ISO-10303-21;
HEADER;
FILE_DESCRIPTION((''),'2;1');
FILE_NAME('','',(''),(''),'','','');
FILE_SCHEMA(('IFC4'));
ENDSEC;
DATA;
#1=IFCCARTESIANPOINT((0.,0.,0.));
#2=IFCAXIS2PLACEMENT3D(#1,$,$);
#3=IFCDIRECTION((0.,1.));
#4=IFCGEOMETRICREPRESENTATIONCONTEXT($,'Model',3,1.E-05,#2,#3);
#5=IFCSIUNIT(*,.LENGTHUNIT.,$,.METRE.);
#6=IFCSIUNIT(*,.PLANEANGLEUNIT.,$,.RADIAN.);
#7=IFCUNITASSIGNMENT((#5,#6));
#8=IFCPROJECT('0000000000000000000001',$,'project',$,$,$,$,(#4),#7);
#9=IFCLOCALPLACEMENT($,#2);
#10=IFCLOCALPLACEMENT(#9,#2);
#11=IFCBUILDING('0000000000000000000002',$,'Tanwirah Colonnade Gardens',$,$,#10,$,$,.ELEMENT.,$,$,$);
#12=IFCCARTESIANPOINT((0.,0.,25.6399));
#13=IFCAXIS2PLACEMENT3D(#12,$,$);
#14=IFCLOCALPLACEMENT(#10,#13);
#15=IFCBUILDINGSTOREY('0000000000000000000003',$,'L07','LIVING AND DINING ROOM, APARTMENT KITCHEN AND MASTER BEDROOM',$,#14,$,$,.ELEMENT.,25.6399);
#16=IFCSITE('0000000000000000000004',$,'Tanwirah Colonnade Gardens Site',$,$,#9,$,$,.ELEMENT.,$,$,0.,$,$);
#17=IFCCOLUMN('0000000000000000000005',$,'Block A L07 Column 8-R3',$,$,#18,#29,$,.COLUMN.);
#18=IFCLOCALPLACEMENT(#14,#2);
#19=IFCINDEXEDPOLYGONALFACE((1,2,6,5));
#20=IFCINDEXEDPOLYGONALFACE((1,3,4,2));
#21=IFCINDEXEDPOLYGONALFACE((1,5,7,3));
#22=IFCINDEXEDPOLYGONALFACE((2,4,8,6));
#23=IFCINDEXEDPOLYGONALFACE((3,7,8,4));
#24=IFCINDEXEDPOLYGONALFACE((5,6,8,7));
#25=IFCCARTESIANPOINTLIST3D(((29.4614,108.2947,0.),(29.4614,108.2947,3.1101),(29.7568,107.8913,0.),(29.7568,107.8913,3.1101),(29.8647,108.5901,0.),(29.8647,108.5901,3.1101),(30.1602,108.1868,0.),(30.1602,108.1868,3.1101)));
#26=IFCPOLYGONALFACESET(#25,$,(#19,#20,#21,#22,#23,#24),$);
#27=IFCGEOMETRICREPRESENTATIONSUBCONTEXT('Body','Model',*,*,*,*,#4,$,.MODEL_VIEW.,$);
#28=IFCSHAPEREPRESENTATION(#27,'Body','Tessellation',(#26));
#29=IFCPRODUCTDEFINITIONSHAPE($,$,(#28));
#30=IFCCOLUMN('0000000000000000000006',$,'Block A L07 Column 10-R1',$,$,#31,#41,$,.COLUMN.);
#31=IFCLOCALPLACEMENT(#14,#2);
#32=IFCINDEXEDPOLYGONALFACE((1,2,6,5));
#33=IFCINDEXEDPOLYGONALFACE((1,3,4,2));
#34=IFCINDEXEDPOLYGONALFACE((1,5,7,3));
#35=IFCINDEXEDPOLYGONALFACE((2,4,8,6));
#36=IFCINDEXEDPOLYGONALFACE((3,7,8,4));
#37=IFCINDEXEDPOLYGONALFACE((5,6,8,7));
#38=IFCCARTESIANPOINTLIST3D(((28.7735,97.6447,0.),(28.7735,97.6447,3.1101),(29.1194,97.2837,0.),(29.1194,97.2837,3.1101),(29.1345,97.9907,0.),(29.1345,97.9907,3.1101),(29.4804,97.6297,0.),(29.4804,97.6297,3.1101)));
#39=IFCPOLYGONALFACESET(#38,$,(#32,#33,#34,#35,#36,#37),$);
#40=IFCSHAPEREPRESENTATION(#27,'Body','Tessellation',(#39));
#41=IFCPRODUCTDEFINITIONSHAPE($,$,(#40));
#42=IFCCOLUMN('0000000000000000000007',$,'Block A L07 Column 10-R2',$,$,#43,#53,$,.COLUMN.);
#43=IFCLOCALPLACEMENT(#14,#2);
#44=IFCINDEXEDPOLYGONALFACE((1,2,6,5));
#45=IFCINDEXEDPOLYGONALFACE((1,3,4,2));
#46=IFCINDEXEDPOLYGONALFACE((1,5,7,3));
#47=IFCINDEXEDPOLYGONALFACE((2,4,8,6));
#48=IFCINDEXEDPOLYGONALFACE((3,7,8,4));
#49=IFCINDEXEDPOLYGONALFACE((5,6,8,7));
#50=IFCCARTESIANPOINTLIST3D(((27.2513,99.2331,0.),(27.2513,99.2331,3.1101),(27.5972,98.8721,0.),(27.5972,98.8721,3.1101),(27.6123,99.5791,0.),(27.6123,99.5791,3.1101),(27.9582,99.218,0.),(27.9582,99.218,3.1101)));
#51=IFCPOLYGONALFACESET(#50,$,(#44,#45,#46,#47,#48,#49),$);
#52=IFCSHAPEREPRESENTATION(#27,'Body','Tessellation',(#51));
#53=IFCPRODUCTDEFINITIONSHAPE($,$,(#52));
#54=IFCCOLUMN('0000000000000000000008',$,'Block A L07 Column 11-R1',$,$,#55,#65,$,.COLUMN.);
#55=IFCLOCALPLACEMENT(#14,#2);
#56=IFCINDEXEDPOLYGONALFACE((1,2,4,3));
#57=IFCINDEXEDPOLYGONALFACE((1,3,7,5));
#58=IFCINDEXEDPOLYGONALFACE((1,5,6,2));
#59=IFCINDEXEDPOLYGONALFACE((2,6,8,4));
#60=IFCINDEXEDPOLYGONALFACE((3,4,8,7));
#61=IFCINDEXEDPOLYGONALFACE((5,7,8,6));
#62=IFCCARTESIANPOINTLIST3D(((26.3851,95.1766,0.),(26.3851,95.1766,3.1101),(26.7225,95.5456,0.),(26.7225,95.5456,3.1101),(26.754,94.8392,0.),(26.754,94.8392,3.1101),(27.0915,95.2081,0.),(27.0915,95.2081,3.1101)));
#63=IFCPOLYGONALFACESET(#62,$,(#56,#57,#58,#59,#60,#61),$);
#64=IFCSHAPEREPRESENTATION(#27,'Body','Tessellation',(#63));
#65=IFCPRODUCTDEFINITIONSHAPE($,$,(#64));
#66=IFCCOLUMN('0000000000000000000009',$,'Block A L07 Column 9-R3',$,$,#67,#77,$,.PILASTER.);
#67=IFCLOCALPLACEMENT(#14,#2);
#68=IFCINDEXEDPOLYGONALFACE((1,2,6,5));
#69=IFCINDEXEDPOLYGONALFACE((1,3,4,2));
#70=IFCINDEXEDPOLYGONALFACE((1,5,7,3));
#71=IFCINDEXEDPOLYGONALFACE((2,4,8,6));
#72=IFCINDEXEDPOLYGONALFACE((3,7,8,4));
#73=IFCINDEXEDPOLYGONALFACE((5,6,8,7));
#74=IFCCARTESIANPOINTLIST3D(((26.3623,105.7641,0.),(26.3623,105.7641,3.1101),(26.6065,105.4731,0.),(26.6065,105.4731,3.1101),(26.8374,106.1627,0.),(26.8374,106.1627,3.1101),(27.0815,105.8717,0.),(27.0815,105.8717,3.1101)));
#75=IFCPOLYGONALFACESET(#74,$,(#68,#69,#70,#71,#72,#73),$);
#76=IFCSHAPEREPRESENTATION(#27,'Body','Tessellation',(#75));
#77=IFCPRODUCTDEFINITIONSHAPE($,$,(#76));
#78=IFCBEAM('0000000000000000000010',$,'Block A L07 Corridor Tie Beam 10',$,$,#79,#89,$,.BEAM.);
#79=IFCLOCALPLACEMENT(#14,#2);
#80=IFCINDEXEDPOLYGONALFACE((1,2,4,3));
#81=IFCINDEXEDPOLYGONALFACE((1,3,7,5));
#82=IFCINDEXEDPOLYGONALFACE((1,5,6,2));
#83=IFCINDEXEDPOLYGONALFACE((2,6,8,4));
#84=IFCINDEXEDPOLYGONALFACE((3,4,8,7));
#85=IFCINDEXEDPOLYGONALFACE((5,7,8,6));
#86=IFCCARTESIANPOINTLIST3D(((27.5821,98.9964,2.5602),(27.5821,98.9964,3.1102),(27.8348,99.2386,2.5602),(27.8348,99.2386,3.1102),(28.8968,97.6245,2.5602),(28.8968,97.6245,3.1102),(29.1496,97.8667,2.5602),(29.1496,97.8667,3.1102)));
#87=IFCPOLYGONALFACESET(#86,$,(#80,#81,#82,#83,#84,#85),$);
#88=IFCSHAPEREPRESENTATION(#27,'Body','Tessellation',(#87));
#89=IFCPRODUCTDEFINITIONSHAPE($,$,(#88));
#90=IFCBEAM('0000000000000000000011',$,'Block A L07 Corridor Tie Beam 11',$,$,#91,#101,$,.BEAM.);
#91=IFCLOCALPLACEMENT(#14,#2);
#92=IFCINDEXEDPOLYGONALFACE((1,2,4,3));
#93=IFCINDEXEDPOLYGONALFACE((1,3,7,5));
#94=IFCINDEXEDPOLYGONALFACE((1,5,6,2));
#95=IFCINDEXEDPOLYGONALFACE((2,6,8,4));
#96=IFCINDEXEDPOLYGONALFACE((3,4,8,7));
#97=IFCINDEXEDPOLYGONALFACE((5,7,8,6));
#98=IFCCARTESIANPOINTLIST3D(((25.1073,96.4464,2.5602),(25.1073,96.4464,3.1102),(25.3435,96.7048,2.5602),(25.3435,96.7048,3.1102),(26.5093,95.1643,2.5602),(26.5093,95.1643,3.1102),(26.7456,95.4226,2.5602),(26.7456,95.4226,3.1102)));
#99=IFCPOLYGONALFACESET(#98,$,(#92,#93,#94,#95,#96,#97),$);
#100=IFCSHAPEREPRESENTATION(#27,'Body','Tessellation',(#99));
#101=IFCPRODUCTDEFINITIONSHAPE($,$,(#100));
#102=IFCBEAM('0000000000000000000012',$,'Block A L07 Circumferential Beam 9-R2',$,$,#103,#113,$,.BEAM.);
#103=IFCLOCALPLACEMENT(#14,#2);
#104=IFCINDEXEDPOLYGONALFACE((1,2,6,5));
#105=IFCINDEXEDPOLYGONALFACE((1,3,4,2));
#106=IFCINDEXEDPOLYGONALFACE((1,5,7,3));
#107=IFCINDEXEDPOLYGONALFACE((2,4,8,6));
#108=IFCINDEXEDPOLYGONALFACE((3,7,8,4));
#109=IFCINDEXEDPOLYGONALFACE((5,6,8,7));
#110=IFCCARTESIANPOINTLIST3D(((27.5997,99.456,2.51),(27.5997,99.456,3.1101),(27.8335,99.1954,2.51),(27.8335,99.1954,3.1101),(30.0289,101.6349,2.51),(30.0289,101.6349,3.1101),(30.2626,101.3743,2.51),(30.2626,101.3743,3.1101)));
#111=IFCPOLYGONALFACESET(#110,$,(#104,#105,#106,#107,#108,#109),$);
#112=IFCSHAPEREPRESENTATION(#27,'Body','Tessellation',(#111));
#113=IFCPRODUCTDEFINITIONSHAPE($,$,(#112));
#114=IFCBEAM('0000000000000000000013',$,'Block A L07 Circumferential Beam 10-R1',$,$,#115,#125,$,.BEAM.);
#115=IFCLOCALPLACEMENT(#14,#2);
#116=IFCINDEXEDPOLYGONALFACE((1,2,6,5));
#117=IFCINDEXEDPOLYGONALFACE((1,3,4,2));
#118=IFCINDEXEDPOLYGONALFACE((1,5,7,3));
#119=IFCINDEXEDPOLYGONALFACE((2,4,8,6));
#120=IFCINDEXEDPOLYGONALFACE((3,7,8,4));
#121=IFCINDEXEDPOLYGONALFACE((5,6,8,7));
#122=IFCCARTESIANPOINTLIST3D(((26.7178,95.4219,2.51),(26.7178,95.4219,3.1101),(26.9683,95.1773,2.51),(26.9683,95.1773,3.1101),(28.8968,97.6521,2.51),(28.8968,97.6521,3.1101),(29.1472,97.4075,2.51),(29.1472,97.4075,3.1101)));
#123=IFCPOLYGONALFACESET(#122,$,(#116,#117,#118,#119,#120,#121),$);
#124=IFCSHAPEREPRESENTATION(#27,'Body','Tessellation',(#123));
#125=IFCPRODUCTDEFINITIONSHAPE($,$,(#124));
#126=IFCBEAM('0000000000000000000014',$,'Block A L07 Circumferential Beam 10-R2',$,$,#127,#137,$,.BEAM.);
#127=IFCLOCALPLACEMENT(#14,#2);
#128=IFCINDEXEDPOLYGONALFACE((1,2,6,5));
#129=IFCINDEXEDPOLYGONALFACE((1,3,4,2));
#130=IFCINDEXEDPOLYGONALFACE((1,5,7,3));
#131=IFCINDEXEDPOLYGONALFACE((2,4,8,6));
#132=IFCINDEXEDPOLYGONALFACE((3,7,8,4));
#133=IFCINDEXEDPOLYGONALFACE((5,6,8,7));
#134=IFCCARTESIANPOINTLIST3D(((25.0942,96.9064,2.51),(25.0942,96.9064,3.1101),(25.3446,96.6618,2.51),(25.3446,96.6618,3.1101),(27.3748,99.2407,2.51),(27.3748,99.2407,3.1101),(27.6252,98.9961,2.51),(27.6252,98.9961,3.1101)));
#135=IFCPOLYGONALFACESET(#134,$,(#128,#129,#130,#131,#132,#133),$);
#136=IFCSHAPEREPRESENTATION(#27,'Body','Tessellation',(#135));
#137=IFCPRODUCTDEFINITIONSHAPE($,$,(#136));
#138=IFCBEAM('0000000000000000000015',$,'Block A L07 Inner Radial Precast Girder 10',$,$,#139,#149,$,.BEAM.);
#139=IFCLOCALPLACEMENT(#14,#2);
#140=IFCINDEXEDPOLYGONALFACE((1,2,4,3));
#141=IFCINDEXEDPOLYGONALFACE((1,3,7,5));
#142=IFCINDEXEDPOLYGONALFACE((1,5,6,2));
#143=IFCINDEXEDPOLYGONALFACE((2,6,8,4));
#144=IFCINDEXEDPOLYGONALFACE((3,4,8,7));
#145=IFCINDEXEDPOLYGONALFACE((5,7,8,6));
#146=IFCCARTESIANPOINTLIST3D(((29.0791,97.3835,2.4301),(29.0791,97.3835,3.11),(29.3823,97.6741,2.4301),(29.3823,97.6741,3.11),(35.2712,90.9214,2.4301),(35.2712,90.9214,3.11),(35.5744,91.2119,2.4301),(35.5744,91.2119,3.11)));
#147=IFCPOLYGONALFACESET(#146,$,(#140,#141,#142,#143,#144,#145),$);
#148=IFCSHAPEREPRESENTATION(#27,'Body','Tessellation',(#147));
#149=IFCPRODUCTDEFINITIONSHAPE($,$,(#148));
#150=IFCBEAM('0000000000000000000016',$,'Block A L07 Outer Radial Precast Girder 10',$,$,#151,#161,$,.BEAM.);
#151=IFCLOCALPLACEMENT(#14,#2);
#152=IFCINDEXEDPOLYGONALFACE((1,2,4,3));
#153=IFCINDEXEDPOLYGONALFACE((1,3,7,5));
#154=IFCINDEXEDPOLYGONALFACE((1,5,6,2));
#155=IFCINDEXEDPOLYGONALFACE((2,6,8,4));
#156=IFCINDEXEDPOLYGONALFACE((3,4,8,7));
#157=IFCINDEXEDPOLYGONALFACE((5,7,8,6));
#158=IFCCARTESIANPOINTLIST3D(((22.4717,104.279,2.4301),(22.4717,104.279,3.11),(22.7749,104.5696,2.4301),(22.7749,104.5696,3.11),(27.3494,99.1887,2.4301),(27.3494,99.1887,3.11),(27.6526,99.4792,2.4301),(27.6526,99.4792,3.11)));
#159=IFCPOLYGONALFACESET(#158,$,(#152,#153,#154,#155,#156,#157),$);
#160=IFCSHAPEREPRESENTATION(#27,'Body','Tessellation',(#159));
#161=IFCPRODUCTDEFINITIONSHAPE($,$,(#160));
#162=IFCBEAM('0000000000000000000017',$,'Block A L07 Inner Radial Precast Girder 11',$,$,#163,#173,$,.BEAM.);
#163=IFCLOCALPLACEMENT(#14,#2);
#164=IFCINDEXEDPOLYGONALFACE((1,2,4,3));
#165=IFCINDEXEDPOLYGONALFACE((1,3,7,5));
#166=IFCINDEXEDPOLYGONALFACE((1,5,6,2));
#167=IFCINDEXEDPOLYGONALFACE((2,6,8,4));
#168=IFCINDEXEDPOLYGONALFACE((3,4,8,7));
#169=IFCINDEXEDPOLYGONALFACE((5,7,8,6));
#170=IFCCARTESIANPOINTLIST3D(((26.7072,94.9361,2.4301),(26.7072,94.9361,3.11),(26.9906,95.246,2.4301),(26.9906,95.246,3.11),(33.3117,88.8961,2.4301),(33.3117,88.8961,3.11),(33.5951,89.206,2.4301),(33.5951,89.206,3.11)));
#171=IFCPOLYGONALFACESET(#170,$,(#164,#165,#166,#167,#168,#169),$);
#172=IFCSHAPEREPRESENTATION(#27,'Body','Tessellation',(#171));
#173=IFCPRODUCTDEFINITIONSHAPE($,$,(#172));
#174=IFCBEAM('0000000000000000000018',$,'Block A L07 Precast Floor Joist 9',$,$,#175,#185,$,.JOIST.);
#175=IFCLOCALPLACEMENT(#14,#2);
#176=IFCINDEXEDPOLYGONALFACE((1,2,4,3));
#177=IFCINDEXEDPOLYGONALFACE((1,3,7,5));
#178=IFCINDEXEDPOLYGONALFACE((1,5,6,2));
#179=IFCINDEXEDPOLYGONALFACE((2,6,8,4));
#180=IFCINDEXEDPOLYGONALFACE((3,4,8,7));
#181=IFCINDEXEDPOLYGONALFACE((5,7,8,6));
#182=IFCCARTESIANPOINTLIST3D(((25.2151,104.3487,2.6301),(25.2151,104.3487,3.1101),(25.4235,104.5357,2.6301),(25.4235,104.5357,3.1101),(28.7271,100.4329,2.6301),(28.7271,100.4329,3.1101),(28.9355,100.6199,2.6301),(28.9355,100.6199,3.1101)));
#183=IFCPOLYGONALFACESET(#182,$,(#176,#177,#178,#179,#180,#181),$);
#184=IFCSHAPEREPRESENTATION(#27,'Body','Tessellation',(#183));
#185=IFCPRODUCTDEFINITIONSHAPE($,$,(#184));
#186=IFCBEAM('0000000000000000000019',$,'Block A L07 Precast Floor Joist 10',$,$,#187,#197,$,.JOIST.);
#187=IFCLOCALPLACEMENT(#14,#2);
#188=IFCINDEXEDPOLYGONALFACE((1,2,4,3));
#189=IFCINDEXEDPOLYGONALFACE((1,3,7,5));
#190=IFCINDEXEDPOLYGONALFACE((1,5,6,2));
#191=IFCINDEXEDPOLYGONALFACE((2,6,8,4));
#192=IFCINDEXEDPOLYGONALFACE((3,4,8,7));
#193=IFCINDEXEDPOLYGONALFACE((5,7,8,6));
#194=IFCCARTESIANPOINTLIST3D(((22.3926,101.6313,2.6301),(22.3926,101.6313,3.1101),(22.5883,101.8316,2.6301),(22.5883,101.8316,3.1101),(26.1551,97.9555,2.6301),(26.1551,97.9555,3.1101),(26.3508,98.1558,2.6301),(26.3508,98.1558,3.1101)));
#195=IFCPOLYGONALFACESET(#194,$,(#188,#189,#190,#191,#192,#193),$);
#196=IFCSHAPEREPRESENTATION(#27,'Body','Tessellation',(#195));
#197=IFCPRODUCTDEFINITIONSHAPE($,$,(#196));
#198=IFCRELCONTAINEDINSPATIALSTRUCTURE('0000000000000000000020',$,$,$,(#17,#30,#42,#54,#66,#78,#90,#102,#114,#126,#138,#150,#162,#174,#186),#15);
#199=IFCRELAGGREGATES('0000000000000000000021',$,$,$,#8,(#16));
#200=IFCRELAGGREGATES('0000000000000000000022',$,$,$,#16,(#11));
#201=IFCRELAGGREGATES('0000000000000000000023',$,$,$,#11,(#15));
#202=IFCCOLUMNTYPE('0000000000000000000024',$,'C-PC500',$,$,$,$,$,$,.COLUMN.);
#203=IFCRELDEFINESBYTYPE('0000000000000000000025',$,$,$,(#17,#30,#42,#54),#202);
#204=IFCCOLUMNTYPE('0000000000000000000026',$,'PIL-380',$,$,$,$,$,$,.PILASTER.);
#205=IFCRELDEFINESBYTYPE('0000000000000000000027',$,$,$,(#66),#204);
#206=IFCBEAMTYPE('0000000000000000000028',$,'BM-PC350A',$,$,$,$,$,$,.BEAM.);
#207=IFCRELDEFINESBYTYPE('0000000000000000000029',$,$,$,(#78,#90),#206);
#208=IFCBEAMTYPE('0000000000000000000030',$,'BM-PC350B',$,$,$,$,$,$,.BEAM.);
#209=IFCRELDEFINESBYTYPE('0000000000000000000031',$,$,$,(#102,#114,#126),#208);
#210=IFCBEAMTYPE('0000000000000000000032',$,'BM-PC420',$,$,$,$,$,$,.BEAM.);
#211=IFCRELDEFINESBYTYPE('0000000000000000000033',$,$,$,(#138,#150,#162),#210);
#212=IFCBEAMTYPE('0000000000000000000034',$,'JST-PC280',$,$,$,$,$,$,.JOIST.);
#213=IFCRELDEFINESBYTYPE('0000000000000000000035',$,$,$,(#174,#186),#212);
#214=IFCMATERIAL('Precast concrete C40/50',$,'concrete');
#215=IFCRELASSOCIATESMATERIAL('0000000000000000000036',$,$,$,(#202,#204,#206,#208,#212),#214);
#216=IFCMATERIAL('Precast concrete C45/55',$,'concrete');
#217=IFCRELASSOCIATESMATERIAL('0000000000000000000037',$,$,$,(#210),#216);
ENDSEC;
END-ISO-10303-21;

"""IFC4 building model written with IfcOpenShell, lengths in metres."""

from ifc_helpers import new_model, si_unit, direction, frame, origin, origin_2d, place, context, subcontext, project, spatial, rectangle, extrude, material, material_profile, profile_set, type_object, element, save


model = new_model("IFC4")

# Units and contexts
model_context = context("Model", 3, precision=1e-05, world=origin(), true_north=direction((0.0, 1.0)))
body_context = subcontext(model_context, "Body", "Model", "MODEL_VIEW")
ifc_project = project(units=[si_unit("LENGTHUNIT", "METRE"), si_unit("PLANEANGLEUNIT", "RADIAN")], contexts=[model_context])

# Site, building, storey
site_placement = place(None, origin())
site = spatial("IfcSite", under=ifc_project, at=site_placement, Name="Tanwirah Colonnade Gardens Site", CompositionType="ELEMENT", RefElevation=0.0)
building_placement = place(site_placement, origin())
building = spatial("IfcBuilding", under=site, at=building_placement, Name="Tanwirah Colonnade Gardens", CompositionType="ELEMENT")
storey_placement = place(building_placement, frame((0.0, 0.0, 25.6399)))
storey = spatial("IfcBuildingStorey", under=building, at=storey_placement, Name="L07", Description="LIVING AND DINING ROOM, APARTMENT KITCHEN AND MASTER BEDROOM", CompositionType="ELEMENT", Elevation=25.6399)

# Columns
ifc_material_1 = material(Name="Precast concrete C40/50", Category="concrete")
ifc_material_profile_1 = material_profile(ifc_material_1, rectangle(XDim=0.5, YDim=0.5, at=origin_2d()), Name="PC-COL 500x500")
ifc_profile_set_1 = profile_set([ifc_material_profile_1], Name="Precast concrete C40/50")
column_type_1 = type_object("IfcColumnType", Name="C-PC500", PredefinedType="COLUMN", material=ifc_profile_set_1)
for number, where, z_axis, x_axis, name in (
    (1, (29.8108, 108.2407, 0.0), (0.0, 0.0, 1.0), (-0.590919, 0.806731, 0.0), "Block A L07 Column 8-R3"),
    (2, (29.127, 97.6372, 0.0), (0.0, 0.0, 1.0), (-0.691863, 0.722029, 0.0), "Block A L07 Column 10-R1"),
    (3, (27.6047, 99.2256, 0.0), (0.0, 0.0, 1.0), (-0.691863, 0.722029, 0.0), "Block A L07 Column 10-R2"),
    (4, (26.7383, 95.1924, 0.0), (0.0, 0.0, 1.0), (-0.737932, 0.674875, 0.0), "Block A L07 Column 11-R1"),
):
    element("IfcColumn", number, at=place(storey_placement, frame(where, z_axis=z_axis, x_axis=x_axis)), inside=storey, type_object=column_type_1, Name=name, PredefinedType="COLUMN", context=body_context, shape_type="SweptSolid", body=[
        extrude(rectangle(XDim=0.5, YDim=0.5, at=origin_2d()), origin(), (0.0, 0.0, 1.0), 3.1101),
    ])
ifc_material_profile_2 = material_profile(ifc_material_1, rectangle(XDim=0.3799, YDim=0.6201, at=origin_2d()), Name="PC-PIL 380x620")
ifc_profile_set_2 = profile_set([ifc_material_profile_2], Name="Precast concrete C40/50")
column_type_2 = type_object("IfcColumnType", Name="PIL-380", PredefinedType="PILASTER", material=ifc_profile_set_2)
column_placement = place(storey_placement, frame((26.7219, 105.8179, 0.0), z_axis=(0.0, 0.0, 1.0), x_axis=(-0.642788, 0.766044, 0.0)))
element("IfcColumn", 5, at=column_placement, inside=storey, type_object=column_type_2, Name="Block A L07 Column 9-R3", PredefinedType="PILASTER", context=body_context, shape_type="SweptSolid", body=[
    extrude(rectangle(XDim=0.3799, YDim=0.6201, at=origin_2d()), origin(), (0.0, 0.0, 1.0), 3.1101),
])

# Beams
ifc_material_profile_3 = material_profile(ifc_material_1, rectangle(XDim=0.3501, YDim=0.55, at=origin_2d()), Name="PC-BM 350x550")
ifc_profile_set_3 = profile_set([ifc_material_profile_3], Name="Precast concrete C40/50")
beam_type_1 = type_object("IfcBeamType", Name="BM-PC350A", PredefinedType="BEAM", material=ifc_profile_set_3)
beam_1_placement = place(storey_placement, frame((29.0232, 97.7456, 2.8352), z_axis=(-0.691914, 0.72198, 0.0), x_axis=(-0.72198, -0.691914, 0.0)))
element("IfcBeam", 6, at=beam_1_placement, inside=storey, type_object=beam_type_1, Name="Block A L07 Corridor Tie Beam 10", PredefinedType="BEAM", context=body_context, shape_type="SweptSolid", body=[
    extrude(rectangle(XDim=0.3501, YDim=0.55, at=origin_2d()), origin(), (0.0, 0.0, 1.0), 1.9001),
])
beam_2_placement = place(storey_placement, frame((26.6274, 95.2935, 2.8352), z_axis=(-0.737948, 0.674857, 0.0), x_axis=(-0.674857, -0.737948, 0.0)))
element("IfcBeam", 7, at=beam_2_placement, inside=storey, type_object=beam_type_1, Name="Block A L07 Corridor Tie Beam 11", PredefinedType="BEAM", context=body_context, shape_type="SweptSolid", body=[
    extrude(rectangle(XDim=0.3501, YDim=0.55, at=origin_2d()), origin(), (0.0, 0.0, 1.0), 1.8999),
])
ifc_material_profile_4 = material_profile(ifc_material_1, rectangle(XDim=0.3501, YDim=0.6001, at=origin_2d()), Name="PC-BM 350x600")
ifc_profile_set_4 = profile_set([ifc_material_profile_4], Name="Precast concrete C40/50")
beam_type_2 = type_object("IfcBeamType", Name="BM-PC350B", PredefinedType="BEAM", material=ifc_profile_set_4)
beam_3_placement = place(storey_placement, frame((30.1458, 101.5046, 2.8101), z_axis=(-0.744409, -0.667724, 0.0), x_axis=(0.667724, -0.744409, 0.0)))
element("IfcBeam", 8, at=beam_3_placement, inside=storey, type_object=beam_type_2, Name="Block A L07 Circumferential Beam 9-R2", PredefinedType="BEAM", context=body_context, shape_type="SweptSolid", body=[
    extrude(rectangle(XDim=0.3501, YDim=0.6001, at=origin_2d()), origin(), (0.0, 0.0, 1.0), 3.2632),
])
beam_4_placement = place(storey_placement, frame((29.022, 97.5298, 2.8101), z_axis=(-0.698837, -0.715281, 0.0), x_axis=(0.715281, -0.698837, 0.0)))
element("IfcBeam", 9, at=beam_4_placement, inside=storey, type_object=beam_type_2, Name="Block A L07 Circumferential Beam 10-R1", PredefinedType="BEAM", context=body_context, shape_type="SweptSolid", body=[
    extrude(rectangle(XDim=0.3501, YDim=0.6001, at=origin_2d()), origin(), (0.0, 0.0, 1.0), 3.1179),
])
beam_5_placement = place(storey_placement, frame((27.5, 99.1184, 2.8101), z_axis=(-0.698829, -0.715288, 0.0), x_axis=(0.715288, -0.698829, 0.0)))
element("IfcBeam", 10, at=beam_5_placement, inside=storey, type_object=beam_type_2, Name="Block A L07 Circumferential Beam 10-R2", PredefinedType="BEAM", context=body_context, shape_type="SweptSolid", body=[
    extrude(rectangle(XDim=0.3501, YDim=0.6001, at=origin_2d()), origin(), (0.0, 0.0, 1.0), 3.2634),
])
ifc_material_2 = material(Name="Precast concrete C45/55", Category="concrete")
ifc_material_profile_5 = material_profile(ifc_material_2, rectangle(XDim=0.4199, YDim=0.6799, at=origin_2d()), Name="PC-BM 420x680")
ifc_profile_set_5 = profile_set([ifc_material_profile_5], Name="Precast concrete C45/55")
beam_type_3 = type_object("IfcBeamType", Name="BM-PC420", PredefinedType="BEAM", material=ifc_profile_set_5)
beam_6_placement = place(storey_placement, frame((29.2307, 97.5288, 2.77), z_axis=(0.691861, -0.722031, 0.0), x_axis=(0.722031, 0.691861, 0.0)))
element("IfcBeam", 11, at=beam_6_placement, inside=storey, type_object=beam_type_3, Name="Block A L07 Inner Radial Precast Girder 10", PredefinedType="BEAM", context=body_context, shape_type="SweptSolid", body=[
    extrude(rectangle(XDim=0.4199, YDim=0.6799, at=origin_2d()), origin(), (0.0, 0.0, 1.0), 8.95),
])
beam_7_placement = place(storey_placement, frame((27.501, 99.334, 2.77), z_axis=(-0.691865, 0.722027, 0.0), x_axis=(-0.722027, -0.691865, 0.0)))
element("IfcBeam", 12, at=beam_7_placement, inside=storey, type_object=beam_type_3, Name="Block A L07 Outer Radial Precast Girder 10", PredefinedType="BEAM", context=body_context, shape_type="SweptSolid", body=[
    extrude(rectangle(XDim=0.4199, YDim=0.6799, at=origin_2d()), origin(), (0.0, 0.0, 1.0), 7.05),
])
beam_8_placement = place(storey_placement, frame((26.8489, 95.0911, 2.77), z_axis=(0.737937, -0.674869, 0.0), x_axis=(0.674869, 0.737937, 0.0)))
element("IfcBeam", 13, at=beam_8_placement, inside=storey, type_object=beam_type_3, Name="Block A L07 Inner Radial Precast Girder 11", PredefinedType="BEAM", context=body_context, shape_type="SweptSolid", body=[
    extrude(rectangle(XDim=0.4199, YDim=0.6799, at=origin_2d()), origin(), (0.0, 0.0, 1.0), 8.95),
])
ifc_material_profile_6 = material_profile(ifc_material_1, rectangle(XDim=0.28, YDim=0.48, at=origin_2d()), Name="PC-JST 280x480")
ifc_profile_set_6 = profile_set([ifc_material_profile_6], Name="Precast concrete C40/50")
beam_type_4 = type_object("IfcBeamType", Name="JST-PC280", PredefinedType="JOIST", material=ifc_profile_set_6)
for number, where, z_axis, x_axis, name in (
    (14, (28.8313, 100.5264, 2.8701), (-0.667679, 0.744449, 0.0), (-0.744449, -0.667679, 0.0), "Block A L07 Precast Floor Joist 9"),
    (15, (26.2529, 98.0557, 2.8701), (-0.715297, 0.69882, 0.0), (-0.69882, -0.715297, 0.0), "Block A L07 Precast Floor Joist 10"),
):
    element("IfcBeam", number, at=place(storey_placement, frame(where, z_axis=z_axis, x_axis=x_axis)), inside=storey, type_object=beam_type_4, Name=name, PredefinedType="JOIST", context=body_context, shape_type="SweptSolid", body=[
        extrude(rectangle(XDim=0.28, YDim=0.48, at=origin_2d()), origin(), (0.0, 0.0, 1.0), 5.26),
    ])

save(model, "model.ifc")
